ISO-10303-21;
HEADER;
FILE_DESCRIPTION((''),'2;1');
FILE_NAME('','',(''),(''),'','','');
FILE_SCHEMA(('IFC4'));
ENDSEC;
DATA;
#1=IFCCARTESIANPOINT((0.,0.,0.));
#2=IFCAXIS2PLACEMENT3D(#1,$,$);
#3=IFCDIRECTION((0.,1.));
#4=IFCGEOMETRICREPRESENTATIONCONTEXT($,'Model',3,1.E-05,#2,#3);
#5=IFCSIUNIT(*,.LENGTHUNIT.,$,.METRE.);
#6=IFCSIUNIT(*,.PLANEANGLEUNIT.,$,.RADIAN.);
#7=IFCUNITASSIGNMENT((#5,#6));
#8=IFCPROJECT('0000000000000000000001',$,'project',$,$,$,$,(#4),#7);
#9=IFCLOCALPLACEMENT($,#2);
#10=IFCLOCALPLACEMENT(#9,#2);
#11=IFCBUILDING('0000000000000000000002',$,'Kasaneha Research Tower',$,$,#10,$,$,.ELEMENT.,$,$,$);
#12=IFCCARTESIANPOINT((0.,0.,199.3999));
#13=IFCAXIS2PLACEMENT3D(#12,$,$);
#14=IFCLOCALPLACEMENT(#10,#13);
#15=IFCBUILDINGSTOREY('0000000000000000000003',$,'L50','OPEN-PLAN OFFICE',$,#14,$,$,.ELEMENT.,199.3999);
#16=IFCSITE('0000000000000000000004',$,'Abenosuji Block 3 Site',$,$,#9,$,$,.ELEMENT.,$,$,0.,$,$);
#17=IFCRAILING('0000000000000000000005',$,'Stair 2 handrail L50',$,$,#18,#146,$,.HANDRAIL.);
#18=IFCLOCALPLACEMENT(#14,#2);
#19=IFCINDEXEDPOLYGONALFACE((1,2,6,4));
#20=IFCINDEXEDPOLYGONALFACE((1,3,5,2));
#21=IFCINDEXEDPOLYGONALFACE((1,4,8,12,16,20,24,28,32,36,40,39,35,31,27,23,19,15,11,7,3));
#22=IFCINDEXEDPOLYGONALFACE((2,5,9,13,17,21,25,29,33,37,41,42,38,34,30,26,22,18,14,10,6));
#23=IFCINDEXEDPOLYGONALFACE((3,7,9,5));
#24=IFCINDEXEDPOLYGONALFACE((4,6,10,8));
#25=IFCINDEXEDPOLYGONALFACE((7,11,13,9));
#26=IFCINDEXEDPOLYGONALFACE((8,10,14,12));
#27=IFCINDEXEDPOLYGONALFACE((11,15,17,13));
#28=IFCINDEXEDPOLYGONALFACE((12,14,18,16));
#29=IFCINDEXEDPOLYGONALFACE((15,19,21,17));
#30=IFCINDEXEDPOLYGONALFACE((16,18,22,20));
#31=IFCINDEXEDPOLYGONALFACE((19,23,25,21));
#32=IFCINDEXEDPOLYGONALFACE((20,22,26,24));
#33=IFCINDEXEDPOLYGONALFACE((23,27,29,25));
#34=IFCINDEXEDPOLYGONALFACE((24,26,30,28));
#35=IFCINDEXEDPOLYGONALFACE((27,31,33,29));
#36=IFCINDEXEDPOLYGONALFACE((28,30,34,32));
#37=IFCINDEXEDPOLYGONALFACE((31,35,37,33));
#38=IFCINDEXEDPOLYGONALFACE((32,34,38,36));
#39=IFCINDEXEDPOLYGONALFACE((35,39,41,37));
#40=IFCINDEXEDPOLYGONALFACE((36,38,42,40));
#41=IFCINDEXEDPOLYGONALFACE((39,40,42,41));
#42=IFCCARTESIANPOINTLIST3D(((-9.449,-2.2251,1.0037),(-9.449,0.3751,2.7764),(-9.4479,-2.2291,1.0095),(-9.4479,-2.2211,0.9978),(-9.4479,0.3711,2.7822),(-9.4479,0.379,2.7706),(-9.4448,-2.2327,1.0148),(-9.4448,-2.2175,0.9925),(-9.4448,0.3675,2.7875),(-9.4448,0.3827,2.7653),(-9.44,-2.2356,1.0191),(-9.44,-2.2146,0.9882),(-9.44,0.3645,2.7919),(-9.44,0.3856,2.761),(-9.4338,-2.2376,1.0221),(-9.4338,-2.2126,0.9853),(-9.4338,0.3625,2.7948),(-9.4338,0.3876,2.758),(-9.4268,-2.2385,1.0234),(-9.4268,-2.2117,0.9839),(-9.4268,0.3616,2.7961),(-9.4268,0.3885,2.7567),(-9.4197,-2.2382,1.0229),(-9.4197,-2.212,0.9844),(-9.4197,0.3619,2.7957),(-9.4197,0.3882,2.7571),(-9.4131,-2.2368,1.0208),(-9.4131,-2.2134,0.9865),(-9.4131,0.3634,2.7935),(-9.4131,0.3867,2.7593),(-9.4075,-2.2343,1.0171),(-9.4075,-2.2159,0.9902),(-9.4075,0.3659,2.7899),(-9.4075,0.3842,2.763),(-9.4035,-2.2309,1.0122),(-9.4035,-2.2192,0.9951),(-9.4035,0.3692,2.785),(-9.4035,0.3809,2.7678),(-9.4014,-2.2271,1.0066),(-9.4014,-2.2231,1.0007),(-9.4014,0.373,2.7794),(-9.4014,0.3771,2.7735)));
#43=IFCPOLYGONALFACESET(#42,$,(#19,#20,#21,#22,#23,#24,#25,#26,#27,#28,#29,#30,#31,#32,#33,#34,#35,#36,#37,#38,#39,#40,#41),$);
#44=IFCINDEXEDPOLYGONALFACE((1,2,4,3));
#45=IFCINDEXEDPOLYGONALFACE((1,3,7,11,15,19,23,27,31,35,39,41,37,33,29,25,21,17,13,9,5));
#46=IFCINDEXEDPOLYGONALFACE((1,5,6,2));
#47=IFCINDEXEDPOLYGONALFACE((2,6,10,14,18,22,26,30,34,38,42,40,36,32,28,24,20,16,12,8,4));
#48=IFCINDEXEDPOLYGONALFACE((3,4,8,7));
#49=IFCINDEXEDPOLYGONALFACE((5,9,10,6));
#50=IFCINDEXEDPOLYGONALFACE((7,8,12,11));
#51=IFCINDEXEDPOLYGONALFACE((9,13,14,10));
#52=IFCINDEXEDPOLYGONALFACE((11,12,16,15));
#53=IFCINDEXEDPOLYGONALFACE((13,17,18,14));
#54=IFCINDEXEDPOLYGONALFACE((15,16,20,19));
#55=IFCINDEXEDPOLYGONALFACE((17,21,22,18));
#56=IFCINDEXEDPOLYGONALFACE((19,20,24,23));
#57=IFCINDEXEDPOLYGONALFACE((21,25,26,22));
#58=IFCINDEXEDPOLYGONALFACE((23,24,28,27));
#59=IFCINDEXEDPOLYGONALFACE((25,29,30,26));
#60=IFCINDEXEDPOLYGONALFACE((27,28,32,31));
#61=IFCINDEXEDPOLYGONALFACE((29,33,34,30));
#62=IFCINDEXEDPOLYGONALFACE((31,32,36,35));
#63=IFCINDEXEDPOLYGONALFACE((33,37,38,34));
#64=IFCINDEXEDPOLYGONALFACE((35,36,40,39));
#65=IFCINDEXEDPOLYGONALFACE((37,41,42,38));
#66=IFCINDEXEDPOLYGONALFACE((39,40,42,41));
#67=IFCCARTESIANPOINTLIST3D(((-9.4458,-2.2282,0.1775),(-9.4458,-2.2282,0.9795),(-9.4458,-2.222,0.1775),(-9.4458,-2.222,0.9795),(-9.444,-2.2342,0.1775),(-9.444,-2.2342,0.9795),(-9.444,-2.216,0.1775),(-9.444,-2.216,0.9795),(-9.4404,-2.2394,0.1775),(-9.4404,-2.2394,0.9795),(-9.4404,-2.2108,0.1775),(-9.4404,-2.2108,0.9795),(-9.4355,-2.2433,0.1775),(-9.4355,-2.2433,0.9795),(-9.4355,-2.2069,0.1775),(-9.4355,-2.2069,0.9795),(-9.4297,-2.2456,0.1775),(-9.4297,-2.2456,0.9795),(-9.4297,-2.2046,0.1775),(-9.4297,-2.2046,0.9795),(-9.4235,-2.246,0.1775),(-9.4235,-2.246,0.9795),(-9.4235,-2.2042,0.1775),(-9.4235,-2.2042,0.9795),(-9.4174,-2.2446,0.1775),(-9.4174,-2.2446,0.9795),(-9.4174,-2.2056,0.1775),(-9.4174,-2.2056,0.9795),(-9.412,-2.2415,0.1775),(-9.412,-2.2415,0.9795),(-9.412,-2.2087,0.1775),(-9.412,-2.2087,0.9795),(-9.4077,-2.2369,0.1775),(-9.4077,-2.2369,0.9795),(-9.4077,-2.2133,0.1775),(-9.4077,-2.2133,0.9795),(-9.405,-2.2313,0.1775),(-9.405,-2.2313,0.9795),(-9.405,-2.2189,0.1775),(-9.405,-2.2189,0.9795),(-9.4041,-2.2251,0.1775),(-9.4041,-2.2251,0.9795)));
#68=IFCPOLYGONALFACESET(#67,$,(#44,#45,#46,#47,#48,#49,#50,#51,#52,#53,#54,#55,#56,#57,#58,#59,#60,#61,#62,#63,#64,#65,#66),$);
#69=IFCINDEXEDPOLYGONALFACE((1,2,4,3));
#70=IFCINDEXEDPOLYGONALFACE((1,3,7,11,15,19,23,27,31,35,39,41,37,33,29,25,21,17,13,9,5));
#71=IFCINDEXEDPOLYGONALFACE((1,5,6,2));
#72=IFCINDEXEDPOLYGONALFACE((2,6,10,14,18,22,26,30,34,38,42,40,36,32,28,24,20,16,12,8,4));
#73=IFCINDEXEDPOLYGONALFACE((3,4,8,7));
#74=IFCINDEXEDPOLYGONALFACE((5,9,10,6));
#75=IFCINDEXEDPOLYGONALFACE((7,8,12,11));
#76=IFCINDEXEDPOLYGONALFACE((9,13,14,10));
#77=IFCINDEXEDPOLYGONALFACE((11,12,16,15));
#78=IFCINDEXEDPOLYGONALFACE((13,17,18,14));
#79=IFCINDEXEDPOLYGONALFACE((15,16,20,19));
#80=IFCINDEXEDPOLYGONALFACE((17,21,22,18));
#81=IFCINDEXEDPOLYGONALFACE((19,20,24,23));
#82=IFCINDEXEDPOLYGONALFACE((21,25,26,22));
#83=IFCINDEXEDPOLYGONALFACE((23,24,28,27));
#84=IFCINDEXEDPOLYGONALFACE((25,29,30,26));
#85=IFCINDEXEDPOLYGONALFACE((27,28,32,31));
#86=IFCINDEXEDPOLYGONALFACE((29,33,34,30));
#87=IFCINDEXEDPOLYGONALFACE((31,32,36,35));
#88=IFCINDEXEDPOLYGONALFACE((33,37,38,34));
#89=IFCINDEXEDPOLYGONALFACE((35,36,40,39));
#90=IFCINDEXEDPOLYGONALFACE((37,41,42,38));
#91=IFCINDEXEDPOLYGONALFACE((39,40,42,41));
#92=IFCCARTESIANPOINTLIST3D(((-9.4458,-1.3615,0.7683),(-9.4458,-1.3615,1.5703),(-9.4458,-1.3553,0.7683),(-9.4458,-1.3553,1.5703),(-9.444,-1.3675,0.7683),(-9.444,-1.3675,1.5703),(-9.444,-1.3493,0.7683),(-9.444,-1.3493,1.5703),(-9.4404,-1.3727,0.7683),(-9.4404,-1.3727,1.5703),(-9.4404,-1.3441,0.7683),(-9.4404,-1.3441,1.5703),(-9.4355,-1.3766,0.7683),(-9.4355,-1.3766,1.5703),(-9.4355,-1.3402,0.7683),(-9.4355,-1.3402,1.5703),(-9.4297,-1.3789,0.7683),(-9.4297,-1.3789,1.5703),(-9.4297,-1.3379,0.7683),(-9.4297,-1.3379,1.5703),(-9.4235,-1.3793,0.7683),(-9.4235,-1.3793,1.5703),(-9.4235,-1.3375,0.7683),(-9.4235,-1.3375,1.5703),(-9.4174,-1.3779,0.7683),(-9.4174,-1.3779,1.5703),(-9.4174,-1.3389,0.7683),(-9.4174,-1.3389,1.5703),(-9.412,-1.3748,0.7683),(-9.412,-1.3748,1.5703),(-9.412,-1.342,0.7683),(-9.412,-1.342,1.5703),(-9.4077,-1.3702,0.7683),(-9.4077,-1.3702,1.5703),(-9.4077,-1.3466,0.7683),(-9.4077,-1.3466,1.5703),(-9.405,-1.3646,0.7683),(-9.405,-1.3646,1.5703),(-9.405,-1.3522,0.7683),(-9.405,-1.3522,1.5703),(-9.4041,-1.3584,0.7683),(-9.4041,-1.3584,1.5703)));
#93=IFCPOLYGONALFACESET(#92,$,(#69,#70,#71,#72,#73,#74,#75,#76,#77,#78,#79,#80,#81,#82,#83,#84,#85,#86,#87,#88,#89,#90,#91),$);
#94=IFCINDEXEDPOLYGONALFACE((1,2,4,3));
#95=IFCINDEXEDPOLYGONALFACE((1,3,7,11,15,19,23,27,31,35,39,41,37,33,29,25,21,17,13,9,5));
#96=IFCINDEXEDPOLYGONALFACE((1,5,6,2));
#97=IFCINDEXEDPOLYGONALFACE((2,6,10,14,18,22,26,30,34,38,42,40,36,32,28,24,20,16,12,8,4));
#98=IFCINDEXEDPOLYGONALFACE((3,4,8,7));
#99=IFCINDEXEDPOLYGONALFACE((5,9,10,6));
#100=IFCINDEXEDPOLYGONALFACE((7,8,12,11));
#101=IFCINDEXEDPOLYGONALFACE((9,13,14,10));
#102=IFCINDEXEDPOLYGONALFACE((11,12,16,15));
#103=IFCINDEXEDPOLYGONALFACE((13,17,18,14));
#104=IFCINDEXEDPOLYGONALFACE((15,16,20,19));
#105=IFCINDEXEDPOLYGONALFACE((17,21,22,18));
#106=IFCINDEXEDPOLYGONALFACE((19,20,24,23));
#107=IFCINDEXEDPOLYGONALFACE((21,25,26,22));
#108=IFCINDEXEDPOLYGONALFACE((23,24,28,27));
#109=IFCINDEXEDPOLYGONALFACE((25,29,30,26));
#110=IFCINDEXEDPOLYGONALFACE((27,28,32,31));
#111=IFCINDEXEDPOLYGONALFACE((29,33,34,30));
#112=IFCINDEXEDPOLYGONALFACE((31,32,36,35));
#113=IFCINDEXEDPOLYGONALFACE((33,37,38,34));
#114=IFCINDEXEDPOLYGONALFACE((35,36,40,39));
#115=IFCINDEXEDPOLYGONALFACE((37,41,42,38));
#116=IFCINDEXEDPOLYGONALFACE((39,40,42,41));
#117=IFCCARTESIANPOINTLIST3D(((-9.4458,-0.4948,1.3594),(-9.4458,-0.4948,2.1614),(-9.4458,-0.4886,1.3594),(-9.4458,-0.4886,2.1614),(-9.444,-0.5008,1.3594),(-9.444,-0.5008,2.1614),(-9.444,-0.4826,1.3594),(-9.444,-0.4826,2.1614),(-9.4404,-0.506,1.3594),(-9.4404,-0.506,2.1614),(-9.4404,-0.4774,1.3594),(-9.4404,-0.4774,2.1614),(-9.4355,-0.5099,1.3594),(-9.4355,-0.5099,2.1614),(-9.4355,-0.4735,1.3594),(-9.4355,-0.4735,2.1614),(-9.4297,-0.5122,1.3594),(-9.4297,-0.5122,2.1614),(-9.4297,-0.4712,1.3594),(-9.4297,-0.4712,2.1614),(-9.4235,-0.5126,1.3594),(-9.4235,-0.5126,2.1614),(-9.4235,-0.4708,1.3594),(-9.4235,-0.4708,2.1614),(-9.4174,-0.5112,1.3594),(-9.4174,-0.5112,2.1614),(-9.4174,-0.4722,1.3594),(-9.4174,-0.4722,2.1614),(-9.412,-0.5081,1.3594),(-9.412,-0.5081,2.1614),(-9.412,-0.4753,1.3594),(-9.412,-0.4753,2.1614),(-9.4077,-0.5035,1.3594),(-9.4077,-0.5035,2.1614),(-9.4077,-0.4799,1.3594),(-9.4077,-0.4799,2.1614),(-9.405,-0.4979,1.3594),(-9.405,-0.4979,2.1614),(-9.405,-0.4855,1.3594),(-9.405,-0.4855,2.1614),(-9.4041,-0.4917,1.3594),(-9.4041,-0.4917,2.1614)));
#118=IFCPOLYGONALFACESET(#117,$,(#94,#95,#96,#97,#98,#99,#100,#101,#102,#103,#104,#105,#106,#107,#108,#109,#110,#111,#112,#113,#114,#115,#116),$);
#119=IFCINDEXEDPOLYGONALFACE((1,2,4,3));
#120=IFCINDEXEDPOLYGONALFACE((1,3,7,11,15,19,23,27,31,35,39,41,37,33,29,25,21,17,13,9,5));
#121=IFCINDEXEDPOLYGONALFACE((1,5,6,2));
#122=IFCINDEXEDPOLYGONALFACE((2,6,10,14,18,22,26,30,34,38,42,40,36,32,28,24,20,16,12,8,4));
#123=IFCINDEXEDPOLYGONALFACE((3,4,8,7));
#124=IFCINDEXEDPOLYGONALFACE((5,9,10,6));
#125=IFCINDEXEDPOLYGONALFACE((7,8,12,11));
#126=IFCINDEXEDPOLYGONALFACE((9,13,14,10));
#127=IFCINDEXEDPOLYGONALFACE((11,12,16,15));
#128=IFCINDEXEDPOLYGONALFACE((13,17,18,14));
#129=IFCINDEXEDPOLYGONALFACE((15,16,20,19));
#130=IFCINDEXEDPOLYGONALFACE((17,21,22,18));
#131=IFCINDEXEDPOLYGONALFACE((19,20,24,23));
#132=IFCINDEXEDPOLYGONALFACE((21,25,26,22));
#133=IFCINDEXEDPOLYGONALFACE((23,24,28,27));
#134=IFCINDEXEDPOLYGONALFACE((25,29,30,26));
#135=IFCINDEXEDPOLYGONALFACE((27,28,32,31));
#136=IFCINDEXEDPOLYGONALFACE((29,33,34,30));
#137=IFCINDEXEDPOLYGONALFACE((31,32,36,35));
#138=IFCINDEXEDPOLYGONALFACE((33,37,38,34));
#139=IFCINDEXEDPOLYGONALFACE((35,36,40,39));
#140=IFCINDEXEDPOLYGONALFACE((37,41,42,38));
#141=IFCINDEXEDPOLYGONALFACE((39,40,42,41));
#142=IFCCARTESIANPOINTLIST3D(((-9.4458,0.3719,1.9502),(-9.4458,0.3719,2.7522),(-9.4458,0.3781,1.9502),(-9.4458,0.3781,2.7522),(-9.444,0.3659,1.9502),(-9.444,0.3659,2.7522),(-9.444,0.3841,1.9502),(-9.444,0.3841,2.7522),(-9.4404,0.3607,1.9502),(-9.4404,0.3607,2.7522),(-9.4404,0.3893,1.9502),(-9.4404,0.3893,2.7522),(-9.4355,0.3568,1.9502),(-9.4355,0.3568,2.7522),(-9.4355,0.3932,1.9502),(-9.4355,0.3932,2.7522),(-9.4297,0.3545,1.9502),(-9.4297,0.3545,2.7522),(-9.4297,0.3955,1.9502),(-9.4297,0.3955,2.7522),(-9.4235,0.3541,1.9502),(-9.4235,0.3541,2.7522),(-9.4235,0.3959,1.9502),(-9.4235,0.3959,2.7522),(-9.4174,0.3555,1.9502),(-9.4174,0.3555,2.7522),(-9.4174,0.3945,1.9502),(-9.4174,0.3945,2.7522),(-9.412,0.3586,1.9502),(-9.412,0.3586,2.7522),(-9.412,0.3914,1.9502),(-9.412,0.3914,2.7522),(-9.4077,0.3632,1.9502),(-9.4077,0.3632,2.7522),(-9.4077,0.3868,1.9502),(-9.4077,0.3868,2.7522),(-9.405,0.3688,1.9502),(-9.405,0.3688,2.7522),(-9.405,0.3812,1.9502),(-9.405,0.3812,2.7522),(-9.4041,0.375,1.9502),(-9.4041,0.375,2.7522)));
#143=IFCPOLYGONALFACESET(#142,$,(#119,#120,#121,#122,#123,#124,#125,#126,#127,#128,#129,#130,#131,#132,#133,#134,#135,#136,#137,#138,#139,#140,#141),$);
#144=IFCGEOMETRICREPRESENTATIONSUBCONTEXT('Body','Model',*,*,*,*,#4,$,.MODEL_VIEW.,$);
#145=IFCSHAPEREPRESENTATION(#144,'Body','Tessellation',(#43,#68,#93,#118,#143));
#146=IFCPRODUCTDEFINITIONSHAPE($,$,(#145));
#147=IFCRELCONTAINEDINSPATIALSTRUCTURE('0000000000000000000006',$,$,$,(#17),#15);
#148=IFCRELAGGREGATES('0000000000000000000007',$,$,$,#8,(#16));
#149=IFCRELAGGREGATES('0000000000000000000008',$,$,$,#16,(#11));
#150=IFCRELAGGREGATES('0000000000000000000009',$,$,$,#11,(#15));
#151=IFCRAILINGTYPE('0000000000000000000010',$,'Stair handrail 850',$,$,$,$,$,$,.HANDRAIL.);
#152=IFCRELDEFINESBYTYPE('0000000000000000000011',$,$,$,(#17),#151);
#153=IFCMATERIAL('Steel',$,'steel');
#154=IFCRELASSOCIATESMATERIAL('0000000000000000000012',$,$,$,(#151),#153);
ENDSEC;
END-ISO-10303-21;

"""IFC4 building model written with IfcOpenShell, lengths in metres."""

from ifc_helpers import new_model, si_unit, direction, frame, origin, origin_2d, place, context, subcontext, project, spatial, circle, extrude, material, type_object, element, save


model = new_model("IFC4")

# Units and contexts
model_context = context("Model", 3, precision=1e-05, world=origin(), true_north=direction((0.0, 1.0)))
body_context = subcontext(model_context, "Body", "Model", "MODEL_VIEW")
ifc_project = project(units=[si_unit("LENGTHUNIT", "METRE"), si_unit("PLANEANGLEUNIT", "RADIAN")], contexts=[model_context])

# Site, building, storey
site_placement = place(None, origin())
site = spatial("IfcSite", under=ifc_project, at=site_placement, Name="Abenosuji Block 3 Site", CompositionType="ELEMENT", RefElevation=0.0)
building_placement = place(site_placement, origin())
building = spatial("IfcBuilding", under=site, at=building_placement, Name="Kasaneha Research Tower", CompositionType="ELEMENT")
storey_placement = place(building_placement, frame((0.0, 0.0, 199.3999)))
storey = spatial("IfcBuildingStorey", under=building, at=storey_placement, Name="L50", Description="OPEN-PLAN OFFICE", CompositionType="ELEMENT", Elevation=199.3999)

# Railing
ifc_material_1 = material(Name="Steel", Category="steel")
railing_type = type_object("IfcRailingType", Name="Stair handrail 850", PredefinedType="HANDRAIL", material=ifc_material_1)
railing_placement = place(storey_placement, frame((-9.425, -2.2251, 0.1775)))
element("IfcRailing", 1, at=railing_placement, inside=storey, type_object=railing_type, Name="Stair 2 handrail L50", PredefinedType="HANDRAIL", context=body_context, shape_type="SweptSolid", body=[
    extrude(circle(Radius=0.0239, at=origin_2d()), frame((0.0, 0.0, 0.8262), z_axis=(0.0, 0.82624, 0.563318), x_axis=(-1.0, 0.0, 0.0)), (0.0, 0.0, 1.0), 3.147),
    extrude(circle(Radius=0.021, at=origin_2d()), origin(), (0.0, 0.0, 1.0), 0.802),
    extrude(circle(Radius=0.021, at=origin_2d()), frame((0.0, 0.8667, 0.5908)), (0.0, 0.0, 1.0), 0.802),
    extrude(circle(Radius=0.021, at=origin_2d()), frame((0.0, 1.7334, 1.1819)), (0.0, 0.0, 1.0), 0.802),
    extrude(circle(Radius=0.021, at=origin_2d()), frame((0.0, 2.6001, 1.7727)), (0.0, 0.0, 1.0), 0.802),
])

save(model, "model.ifc")
